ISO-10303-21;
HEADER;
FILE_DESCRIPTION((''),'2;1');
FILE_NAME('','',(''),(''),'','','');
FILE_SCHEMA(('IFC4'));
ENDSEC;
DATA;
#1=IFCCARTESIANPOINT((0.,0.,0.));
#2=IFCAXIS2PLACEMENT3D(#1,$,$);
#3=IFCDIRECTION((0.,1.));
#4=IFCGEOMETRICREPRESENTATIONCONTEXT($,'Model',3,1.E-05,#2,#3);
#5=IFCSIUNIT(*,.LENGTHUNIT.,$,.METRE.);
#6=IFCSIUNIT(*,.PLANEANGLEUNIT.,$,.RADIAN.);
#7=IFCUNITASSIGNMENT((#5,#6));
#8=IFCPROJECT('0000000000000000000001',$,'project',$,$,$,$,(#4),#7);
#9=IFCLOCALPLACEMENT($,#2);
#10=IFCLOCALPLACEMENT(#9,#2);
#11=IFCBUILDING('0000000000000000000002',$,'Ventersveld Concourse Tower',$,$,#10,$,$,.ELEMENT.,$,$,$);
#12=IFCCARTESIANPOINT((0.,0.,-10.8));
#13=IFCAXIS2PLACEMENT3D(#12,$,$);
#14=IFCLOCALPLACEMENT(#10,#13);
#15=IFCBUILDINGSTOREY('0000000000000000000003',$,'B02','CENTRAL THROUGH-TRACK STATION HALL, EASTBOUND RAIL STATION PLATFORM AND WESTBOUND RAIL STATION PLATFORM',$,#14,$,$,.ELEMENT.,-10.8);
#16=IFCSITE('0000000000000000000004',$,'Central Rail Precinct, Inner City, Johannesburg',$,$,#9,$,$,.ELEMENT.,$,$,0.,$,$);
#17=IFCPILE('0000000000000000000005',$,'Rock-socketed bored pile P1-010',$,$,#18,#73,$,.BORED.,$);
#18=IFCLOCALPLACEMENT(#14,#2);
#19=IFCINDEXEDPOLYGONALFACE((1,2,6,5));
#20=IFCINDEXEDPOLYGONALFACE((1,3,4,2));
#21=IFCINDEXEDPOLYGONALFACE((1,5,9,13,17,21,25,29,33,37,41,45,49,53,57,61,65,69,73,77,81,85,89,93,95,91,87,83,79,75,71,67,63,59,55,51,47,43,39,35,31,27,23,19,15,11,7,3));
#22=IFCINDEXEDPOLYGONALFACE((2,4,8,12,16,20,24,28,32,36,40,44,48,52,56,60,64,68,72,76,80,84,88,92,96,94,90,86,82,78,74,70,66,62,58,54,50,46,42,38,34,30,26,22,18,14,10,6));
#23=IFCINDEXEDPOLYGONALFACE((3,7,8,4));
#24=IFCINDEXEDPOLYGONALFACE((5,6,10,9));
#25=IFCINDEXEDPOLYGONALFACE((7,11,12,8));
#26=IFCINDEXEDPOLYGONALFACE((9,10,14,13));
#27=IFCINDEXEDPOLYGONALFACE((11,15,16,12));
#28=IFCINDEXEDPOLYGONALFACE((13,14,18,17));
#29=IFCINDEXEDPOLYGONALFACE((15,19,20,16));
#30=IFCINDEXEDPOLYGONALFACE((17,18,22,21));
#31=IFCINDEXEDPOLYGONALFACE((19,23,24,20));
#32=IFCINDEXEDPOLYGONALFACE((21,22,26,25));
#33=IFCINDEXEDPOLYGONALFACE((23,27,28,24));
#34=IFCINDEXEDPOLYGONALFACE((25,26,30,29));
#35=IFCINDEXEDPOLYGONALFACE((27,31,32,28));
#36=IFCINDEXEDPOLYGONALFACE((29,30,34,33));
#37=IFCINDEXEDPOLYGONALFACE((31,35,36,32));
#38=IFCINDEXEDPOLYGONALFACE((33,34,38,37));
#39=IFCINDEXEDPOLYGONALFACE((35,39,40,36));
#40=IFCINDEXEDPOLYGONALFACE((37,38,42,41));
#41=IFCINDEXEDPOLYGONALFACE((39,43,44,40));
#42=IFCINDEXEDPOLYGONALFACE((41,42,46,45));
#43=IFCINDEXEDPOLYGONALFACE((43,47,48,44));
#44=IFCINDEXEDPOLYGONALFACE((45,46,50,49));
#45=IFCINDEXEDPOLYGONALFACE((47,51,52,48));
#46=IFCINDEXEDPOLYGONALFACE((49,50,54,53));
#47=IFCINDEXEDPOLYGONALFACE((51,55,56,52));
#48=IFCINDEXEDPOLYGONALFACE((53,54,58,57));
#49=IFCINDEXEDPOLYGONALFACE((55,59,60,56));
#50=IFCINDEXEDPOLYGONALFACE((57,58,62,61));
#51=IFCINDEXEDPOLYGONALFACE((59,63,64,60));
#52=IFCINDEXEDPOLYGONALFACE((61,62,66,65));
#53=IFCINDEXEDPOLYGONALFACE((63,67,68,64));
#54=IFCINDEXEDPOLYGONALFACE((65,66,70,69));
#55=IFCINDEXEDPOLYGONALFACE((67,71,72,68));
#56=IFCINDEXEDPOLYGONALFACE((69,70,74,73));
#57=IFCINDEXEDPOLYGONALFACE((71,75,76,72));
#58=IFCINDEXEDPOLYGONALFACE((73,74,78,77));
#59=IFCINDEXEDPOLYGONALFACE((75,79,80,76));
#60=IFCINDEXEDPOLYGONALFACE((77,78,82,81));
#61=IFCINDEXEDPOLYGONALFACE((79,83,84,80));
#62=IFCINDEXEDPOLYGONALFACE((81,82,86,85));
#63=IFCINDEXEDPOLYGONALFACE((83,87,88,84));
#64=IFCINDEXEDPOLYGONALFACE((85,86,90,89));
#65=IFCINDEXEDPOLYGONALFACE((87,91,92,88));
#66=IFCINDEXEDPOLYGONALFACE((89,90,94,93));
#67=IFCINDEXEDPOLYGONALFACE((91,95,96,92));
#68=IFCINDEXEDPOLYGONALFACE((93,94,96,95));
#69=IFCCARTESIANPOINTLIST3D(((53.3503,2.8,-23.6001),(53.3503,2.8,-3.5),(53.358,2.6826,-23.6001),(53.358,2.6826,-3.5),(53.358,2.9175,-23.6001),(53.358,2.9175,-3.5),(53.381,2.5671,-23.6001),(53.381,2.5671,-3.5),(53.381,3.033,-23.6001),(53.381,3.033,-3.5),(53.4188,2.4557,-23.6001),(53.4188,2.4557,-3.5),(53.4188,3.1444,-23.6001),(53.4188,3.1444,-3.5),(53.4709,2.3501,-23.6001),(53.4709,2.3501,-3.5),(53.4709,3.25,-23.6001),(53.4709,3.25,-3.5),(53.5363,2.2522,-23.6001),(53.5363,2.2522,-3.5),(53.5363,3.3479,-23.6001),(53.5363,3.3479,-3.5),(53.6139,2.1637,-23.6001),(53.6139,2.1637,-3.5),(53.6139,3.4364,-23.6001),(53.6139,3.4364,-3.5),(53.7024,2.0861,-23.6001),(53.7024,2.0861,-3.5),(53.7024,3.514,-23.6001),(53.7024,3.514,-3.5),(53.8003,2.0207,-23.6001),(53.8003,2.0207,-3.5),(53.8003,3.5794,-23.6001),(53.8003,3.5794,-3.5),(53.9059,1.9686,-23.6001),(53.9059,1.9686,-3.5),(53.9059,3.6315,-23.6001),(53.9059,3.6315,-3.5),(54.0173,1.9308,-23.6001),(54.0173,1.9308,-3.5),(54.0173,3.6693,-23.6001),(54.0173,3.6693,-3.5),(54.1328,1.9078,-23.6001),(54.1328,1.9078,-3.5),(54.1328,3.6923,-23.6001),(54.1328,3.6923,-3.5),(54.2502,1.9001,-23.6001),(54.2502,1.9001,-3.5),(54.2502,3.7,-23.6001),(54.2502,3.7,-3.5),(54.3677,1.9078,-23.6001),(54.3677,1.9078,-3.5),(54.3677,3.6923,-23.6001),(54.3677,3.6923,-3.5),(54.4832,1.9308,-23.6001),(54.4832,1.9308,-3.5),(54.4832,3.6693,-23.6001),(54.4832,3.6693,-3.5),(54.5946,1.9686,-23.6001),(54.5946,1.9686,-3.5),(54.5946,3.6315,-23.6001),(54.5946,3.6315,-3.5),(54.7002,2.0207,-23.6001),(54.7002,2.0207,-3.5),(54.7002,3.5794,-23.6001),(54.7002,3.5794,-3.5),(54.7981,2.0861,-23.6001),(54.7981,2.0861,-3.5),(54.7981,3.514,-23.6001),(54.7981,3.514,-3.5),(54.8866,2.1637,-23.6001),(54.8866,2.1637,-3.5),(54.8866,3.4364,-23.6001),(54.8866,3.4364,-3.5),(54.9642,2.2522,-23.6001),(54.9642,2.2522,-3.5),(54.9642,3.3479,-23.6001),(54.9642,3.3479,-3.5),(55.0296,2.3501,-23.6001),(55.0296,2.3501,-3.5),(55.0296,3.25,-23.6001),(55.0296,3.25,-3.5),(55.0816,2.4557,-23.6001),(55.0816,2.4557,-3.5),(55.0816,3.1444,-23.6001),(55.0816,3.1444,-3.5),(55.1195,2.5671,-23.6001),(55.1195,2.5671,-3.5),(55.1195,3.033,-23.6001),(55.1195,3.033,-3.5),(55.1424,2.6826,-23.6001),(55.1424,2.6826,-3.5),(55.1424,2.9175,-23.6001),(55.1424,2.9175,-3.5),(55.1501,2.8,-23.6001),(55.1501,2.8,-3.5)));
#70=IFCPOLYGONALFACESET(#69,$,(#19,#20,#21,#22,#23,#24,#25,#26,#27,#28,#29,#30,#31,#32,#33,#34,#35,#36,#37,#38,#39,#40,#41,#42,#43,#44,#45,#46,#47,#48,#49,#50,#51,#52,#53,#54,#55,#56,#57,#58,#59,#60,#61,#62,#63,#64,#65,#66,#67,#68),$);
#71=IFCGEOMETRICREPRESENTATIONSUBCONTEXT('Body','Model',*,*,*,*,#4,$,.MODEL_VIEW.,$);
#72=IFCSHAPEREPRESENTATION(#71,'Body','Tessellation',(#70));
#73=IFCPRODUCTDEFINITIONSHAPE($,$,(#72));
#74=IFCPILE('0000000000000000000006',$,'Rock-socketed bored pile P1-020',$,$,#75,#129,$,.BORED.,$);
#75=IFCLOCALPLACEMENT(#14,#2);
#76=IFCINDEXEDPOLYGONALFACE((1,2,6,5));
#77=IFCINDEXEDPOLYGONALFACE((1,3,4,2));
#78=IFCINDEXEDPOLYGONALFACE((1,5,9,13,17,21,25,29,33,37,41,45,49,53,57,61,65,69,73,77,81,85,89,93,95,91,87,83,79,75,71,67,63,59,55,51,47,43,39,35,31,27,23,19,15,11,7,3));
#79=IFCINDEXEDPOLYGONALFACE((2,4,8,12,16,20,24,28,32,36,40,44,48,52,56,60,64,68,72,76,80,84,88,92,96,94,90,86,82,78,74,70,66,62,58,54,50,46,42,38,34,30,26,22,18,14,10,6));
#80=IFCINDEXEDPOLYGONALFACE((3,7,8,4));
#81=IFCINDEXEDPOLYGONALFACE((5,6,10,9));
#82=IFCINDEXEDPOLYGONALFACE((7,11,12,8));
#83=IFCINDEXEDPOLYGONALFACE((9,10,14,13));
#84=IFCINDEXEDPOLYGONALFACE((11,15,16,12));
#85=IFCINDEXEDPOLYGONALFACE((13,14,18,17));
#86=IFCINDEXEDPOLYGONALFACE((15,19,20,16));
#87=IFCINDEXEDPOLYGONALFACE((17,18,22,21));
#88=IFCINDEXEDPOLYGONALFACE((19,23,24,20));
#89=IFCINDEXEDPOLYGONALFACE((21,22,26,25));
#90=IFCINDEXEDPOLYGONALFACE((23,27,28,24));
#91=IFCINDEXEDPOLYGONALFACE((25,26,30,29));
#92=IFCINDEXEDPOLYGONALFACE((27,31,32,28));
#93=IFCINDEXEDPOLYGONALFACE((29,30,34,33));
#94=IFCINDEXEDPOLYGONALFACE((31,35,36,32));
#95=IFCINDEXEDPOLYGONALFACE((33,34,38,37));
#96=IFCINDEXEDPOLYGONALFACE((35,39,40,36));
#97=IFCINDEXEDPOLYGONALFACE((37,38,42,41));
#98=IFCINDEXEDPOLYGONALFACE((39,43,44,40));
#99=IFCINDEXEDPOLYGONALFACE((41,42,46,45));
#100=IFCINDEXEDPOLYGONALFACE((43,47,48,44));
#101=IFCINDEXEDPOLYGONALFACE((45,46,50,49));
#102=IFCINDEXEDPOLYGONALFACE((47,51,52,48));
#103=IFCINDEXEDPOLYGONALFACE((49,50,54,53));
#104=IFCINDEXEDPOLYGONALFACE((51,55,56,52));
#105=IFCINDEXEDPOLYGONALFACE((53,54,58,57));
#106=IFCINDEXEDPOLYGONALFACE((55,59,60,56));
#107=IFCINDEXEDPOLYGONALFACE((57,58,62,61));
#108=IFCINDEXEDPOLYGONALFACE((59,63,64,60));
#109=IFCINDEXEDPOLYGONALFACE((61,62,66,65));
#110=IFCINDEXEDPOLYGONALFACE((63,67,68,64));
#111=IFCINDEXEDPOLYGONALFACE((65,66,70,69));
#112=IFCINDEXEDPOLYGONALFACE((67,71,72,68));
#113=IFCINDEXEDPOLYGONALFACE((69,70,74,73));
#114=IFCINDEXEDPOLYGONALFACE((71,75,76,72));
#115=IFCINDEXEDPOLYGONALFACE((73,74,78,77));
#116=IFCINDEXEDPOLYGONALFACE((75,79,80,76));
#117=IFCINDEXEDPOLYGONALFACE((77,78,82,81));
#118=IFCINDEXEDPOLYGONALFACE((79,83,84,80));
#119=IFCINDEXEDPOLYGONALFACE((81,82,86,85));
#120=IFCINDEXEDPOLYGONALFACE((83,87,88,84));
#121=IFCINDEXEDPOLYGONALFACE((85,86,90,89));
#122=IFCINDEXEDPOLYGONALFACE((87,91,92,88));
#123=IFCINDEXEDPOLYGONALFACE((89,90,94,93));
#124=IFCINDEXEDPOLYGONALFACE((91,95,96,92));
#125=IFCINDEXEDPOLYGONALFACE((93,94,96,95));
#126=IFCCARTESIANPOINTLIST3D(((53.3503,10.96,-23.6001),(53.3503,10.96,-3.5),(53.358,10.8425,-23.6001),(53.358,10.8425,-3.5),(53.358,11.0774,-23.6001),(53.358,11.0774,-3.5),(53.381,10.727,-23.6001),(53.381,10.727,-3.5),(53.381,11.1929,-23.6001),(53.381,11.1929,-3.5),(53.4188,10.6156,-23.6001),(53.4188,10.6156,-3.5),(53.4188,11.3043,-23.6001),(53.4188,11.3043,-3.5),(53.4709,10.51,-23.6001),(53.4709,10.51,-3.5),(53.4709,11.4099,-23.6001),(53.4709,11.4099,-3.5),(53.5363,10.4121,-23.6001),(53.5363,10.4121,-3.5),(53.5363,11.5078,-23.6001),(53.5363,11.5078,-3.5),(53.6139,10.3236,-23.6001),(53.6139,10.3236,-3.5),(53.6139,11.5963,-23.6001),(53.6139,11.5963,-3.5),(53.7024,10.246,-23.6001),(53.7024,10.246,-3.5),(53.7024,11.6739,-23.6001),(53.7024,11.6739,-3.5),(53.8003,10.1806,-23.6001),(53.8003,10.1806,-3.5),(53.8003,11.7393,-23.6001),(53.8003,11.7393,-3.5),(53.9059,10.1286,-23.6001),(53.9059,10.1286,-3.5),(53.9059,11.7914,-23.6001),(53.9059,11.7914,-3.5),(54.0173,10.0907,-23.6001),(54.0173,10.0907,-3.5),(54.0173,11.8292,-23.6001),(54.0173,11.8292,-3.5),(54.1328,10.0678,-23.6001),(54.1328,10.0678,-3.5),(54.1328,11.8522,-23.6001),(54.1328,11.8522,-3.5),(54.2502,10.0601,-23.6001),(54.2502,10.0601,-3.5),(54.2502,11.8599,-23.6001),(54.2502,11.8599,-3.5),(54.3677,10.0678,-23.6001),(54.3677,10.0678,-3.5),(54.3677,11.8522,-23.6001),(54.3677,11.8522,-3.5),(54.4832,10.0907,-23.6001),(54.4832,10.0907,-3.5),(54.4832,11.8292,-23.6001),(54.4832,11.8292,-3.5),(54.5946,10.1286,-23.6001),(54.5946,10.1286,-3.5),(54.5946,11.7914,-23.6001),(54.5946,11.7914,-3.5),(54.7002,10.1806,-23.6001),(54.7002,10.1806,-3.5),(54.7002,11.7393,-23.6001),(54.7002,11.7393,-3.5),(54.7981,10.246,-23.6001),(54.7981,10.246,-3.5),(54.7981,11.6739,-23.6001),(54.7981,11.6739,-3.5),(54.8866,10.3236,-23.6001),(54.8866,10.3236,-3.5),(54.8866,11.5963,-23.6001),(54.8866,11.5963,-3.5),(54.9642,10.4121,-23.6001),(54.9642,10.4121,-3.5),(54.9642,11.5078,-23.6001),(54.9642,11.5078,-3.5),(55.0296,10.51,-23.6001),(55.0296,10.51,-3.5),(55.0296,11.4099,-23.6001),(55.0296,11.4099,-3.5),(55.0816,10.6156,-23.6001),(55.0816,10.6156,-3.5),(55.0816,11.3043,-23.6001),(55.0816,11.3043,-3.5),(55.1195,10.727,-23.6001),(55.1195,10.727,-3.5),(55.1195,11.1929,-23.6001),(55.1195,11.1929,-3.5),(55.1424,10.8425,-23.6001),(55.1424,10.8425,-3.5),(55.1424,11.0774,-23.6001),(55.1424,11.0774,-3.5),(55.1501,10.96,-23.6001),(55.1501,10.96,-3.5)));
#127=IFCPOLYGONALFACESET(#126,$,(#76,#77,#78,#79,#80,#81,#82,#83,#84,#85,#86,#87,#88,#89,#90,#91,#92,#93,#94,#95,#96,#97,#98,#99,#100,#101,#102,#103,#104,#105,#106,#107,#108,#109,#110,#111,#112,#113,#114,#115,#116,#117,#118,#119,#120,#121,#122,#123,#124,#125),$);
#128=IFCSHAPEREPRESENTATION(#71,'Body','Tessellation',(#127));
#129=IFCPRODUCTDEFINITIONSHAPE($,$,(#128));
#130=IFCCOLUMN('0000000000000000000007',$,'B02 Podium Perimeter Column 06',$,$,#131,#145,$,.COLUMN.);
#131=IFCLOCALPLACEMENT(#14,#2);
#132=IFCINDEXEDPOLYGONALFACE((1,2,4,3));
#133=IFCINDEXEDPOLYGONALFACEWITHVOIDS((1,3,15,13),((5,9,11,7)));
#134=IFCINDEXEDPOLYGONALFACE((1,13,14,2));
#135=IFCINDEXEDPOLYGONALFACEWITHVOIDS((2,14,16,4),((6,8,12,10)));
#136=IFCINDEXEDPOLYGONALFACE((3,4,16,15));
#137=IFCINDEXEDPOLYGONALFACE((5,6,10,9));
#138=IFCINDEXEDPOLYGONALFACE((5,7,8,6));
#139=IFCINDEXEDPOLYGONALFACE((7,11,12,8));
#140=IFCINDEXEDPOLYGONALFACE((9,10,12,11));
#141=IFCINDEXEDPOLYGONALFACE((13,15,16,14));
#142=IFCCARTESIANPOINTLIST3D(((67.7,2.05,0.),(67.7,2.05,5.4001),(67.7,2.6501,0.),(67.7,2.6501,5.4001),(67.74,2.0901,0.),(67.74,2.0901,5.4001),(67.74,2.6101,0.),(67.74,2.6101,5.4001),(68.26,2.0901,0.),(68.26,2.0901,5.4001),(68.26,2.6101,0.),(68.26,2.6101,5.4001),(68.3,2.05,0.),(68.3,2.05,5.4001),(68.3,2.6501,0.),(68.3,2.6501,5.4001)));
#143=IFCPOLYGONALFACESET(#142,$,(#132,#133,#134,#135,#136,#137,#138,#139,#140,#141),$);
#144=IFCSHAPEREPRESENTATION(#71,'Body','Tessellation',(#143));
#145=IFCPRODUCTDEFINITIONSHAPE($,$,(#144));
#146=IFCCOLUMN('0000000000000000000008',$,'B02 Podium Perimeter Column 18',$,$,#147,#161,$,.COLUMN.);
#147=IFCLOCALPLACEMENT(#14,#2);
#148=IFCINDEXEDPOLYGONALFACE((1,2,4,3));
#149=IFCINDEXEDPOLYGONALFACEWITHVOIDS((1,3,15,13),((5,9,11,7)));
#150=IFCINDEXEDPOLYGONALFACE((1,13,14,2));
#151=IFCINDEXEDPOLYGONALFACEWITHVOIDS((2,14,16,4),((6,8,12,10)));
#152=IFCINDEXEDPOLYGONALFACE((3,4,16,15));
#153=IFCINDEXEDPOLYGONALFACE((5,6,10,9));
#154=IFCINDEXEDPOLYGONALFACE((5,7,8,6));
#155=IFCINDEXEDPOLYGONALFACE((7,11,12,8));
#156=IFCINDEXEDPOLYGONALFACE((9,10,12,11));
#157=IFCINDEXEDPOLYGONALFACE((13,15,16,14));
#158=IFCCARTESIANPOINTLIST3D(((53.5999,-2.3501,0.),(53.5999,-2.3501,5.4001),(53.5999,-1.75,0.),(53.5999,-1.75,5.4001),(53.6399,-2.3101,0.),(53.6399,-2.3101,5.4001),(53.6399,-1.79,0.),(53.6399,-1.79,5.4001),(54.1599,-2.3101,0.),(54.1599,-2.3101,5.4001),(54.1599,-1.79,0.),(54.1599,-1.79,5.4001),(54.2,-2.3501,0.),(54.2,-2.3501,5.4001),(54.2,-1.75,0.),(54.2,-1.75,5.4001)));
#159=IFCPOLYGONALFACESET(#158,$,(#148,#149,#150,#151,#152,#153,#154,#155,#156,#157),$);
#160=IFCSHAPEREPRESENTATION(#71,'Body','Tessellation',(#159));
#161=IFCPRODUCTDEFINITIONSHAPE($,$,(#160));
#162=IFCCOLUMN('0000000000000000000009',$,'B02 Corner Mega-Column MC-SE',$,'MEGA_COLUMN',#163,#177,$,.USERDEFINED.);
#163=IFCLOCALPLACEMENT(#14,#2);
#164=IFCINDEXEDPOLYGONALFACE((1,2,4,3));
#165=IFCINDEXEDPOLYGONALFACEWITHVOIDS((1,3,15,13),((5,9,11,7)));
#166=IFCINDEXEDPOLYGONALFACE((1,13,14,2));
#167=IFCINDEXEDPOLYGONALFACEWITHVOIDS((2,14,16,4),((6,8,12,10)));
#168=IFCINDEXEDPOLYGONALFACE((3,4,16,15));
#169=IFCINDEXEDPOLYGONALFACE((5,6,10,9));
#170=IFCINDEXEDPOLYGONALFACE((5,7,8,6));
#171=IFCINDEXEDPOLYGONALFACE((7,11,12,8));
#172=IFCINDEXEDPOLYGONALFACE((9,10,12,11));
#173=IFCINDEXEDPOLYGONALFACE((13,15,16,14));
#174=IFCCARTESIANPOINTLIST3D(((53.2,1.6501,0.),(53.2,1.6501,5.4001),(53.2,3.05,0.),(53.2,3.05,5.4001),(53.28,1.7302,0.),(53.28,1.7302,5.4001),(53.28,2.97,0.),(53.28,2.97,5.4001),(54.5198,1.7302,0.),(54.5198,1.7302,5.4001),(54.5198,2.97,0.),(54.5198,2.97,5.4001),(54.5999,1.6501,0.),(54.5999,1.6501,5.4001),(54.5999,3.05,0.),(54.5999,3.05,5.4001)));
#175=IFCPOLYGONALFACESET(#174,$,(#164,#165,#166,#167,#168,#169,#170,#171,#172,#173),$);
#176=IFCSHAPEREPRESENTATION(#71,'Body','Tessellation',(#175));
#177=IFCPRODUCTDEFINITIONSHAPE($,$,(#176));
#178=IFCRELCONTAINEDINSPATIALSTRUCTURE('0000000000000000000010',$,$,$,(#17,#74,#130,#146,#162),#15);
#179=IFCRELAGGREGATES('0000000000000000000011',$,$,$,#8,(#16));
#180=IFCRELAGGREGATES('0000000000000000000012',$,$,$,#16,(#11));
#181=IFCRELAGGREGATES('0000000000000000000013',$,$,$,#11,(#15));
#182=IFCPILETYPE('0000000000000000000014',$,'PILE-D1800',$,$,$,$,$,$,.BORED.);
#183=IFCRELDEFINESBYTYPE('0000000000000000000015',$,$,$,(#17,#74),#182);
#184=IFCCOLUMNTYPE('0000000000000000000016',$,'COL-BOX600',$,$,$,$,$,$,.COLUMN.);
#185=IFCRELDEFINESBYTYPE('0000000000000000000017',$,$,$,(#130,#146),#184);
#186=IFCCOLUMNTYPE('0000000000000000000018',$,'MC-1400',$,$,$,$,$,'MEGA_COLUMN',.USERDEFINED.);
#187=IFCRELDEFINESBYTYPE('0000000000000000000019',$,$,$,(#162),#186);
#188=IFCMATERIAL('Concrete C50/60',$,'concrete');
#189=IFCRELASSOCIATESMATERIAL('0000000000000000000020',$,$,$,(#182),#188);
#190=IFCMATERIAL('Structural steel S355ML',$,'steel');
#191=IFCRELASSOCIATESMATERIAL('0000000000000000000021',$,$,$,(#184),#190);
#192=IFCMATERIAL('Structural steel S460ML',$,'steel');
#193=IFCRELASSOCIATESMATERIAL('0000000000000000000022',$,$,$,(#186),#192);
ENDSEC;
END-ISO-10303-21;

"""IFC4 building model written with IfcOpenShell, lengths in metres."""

from ifc_helpers import new_model, si_unit, direction, frame, origin, origin_2d, place, context, subcontext, project, spatial, hollow_rectangle, circle, extrude, material, material_profile, profile_set, type_object, element, save


model = new_model("IFC4")

# Units and contexts
model_context = context("Model", 3, precision=1e-05, world=origin(), true_north=direction((0.0, 1.0)))
body_context = subcontext(model_context, "Body", "Model", "MODEL_VIEW")
ifc_project = project(units=[si_unit("LENGTHUNIT", "METRE"), si_unit("PLANEANGLEUNIT", "RADIAN")], contexts=[model_context])

# Site, building, storey
site_placement = place(None, origin())
site = spatial("IfcSite", under=ifc_project, at=site_placement, Name="Central Rail Precinct, Inner City, Johannesburg", CompositionType="ELEMENT", RefElevation=0.0)
building_placement = place(site_placement, origin())
building = spatial("IfcBuilding", under=site, at=building_placement, Name="Ventersveld Concourse Tower", CompositionType="ELEMENT")
storey_placement = place(building_placement, frame((0.0, 0.0, -10.8)))
storey = spatial("IfcBuildingStorey", under=building, at=storey_placement, Name="B02", Description="CENTRAL THROUGH-TRACK STATION HALL, EASTBOUND RAIL STATION PLATFORM AND WESTBOUND RAIL STATION PLATFORM", CompositionType="ELEMENT", Elevation=-10.8)

# Shared definitions
ifc_material_1 = material(Name="Concrete C50/60", Category="concrete")

# Piles
ifc_material_profile_1 = material_profile(ifc_material_1, circle(Radius=0.8999, at=origin_2d()), Name="PILE D1800")
ifc_profile_set_1 = profile_set([ifc_material_profile_1], Name="Concrete C50/60")
pile_type_1 = type_object("IfcPileType", Name="PILE-D1800", PredefinedType="BORED", material=ifc_profile_set_1)
for number, where, z_axis, x_axis, name in (
    (1, (54.2502, 2.8, -3.5), (0.0, 0.0, -1.0), (1.0, 0.0, 0.0), "Rock-socketed bored pile P1-010"),
    (2, (54.2502, 10.96, -3.5), (0.0, 0.0, -1.0), (1.0, 0.0, 0.0), "Rock-socketed bored pile P1-020"),
):
    element("IfcPile", number, at=place(storey_placement, frame(where, z_axis=z_axis, x_axis=x_axis)), inside=storey, type_object=pile_type_1, Name=name, PredefinedType="BORED", context=body_context, shape_type="SweptSolid", body=[
        extrude(circle(Radius=0.8999, at=origin_2d()), origin(), (0.0, 0.0, 1.0), 20.1001),
    ])

# Columns
ifc_material_2 = material(Name="Structural steel S355ML", Category="steel")
ifc_material_profile_2 = material_profile(ifc_material_2, hollow_rectangle(XDim=0.6001, YDim=0.6001, WallThickness=0.04, at=origin_2d()), Name="BOX 600x600x40")
ifc_profile_set_2 = profile_set([ifc_material_profile_2], Name="Structural steel S355ML")
column_type_1 = type_object("IfcColumnType", Name="COL-BOX600", PredefinedType="COLUMN", material=ifc_profile_set_2)
for number, where, z_axis, x_axis, name in (
    (3, (68.0, 2.3501, 0.0), (0.0, 0.0, 1.0), (1.0, 0.0, 0.0), "B02 Podium Perimeter Column 06"),
    (4, (53.8999, -2.05, 0.0), (0.0, 0.0, 1.0), (1.0, 0.0, 0.0), "B02 Podium Perimeter Column 18"),
):
    element("IfcColumn", number, at=place(storey_placement, frame(where, z_axis=z_axis, x_axis=x_axis)), inside=storey, type_object=column_type_1, Name=name, PredefinedType="COLUMN", context=body_context, shape_type="SweptSolid", body=[
        extrude(hollow_rectangle(XDim=0.6001, YDim=0.6001, WallThickness=0.04, at=origin_2d()), origin(), (0.0, 0.0, 1.0), 5.4001),
    ])
ifc_material_3 = material(Name="Structural steel S460ML", Category="steel")
ifc_material_profile_3 = material_profile(ifc_material_3, hollow_rectangle(XDim=1.3999, YDim=1.3999, WallThickness=0.0801, at=origin_2d()), Name="BOX 1400x1400x80")
ifc_profile_set_3 = profile_set([ifc_material_profile_3], Name="Structural steel S460ML")
column_type_2 = type_object("IfcColumnType", Name="MC-1400", ElementType="MEGA_COLUMN", PredefinedType="USERDEFINED", material=ifc_profile_set_3)
column_placement = place(storey_placement, frame((53.8999, 2.3501, 0.0), z_axis=(0.0, 0.0, 1.0), x_axis=(1.0, 0.0, 0.0)))
element("IfcColumn", 5, at=column_placement, inside=storey, type_object=column_type_2, Name="B02 Corner Mega-Column MC-SE", ObjectType="MEGA_COLUMN", PredefinedType="USERDEFINED", context=body_context, shape_type="SweptSolid", body=[
    extrude(hollow_rectangle(XDim=1.3999, YDim=1.3999, WallThickness=0.0801, at=origin_2d()), origin(), (0.0, 0.0, 1.0), 5.4001),
])

save(model, "model.ifc")
